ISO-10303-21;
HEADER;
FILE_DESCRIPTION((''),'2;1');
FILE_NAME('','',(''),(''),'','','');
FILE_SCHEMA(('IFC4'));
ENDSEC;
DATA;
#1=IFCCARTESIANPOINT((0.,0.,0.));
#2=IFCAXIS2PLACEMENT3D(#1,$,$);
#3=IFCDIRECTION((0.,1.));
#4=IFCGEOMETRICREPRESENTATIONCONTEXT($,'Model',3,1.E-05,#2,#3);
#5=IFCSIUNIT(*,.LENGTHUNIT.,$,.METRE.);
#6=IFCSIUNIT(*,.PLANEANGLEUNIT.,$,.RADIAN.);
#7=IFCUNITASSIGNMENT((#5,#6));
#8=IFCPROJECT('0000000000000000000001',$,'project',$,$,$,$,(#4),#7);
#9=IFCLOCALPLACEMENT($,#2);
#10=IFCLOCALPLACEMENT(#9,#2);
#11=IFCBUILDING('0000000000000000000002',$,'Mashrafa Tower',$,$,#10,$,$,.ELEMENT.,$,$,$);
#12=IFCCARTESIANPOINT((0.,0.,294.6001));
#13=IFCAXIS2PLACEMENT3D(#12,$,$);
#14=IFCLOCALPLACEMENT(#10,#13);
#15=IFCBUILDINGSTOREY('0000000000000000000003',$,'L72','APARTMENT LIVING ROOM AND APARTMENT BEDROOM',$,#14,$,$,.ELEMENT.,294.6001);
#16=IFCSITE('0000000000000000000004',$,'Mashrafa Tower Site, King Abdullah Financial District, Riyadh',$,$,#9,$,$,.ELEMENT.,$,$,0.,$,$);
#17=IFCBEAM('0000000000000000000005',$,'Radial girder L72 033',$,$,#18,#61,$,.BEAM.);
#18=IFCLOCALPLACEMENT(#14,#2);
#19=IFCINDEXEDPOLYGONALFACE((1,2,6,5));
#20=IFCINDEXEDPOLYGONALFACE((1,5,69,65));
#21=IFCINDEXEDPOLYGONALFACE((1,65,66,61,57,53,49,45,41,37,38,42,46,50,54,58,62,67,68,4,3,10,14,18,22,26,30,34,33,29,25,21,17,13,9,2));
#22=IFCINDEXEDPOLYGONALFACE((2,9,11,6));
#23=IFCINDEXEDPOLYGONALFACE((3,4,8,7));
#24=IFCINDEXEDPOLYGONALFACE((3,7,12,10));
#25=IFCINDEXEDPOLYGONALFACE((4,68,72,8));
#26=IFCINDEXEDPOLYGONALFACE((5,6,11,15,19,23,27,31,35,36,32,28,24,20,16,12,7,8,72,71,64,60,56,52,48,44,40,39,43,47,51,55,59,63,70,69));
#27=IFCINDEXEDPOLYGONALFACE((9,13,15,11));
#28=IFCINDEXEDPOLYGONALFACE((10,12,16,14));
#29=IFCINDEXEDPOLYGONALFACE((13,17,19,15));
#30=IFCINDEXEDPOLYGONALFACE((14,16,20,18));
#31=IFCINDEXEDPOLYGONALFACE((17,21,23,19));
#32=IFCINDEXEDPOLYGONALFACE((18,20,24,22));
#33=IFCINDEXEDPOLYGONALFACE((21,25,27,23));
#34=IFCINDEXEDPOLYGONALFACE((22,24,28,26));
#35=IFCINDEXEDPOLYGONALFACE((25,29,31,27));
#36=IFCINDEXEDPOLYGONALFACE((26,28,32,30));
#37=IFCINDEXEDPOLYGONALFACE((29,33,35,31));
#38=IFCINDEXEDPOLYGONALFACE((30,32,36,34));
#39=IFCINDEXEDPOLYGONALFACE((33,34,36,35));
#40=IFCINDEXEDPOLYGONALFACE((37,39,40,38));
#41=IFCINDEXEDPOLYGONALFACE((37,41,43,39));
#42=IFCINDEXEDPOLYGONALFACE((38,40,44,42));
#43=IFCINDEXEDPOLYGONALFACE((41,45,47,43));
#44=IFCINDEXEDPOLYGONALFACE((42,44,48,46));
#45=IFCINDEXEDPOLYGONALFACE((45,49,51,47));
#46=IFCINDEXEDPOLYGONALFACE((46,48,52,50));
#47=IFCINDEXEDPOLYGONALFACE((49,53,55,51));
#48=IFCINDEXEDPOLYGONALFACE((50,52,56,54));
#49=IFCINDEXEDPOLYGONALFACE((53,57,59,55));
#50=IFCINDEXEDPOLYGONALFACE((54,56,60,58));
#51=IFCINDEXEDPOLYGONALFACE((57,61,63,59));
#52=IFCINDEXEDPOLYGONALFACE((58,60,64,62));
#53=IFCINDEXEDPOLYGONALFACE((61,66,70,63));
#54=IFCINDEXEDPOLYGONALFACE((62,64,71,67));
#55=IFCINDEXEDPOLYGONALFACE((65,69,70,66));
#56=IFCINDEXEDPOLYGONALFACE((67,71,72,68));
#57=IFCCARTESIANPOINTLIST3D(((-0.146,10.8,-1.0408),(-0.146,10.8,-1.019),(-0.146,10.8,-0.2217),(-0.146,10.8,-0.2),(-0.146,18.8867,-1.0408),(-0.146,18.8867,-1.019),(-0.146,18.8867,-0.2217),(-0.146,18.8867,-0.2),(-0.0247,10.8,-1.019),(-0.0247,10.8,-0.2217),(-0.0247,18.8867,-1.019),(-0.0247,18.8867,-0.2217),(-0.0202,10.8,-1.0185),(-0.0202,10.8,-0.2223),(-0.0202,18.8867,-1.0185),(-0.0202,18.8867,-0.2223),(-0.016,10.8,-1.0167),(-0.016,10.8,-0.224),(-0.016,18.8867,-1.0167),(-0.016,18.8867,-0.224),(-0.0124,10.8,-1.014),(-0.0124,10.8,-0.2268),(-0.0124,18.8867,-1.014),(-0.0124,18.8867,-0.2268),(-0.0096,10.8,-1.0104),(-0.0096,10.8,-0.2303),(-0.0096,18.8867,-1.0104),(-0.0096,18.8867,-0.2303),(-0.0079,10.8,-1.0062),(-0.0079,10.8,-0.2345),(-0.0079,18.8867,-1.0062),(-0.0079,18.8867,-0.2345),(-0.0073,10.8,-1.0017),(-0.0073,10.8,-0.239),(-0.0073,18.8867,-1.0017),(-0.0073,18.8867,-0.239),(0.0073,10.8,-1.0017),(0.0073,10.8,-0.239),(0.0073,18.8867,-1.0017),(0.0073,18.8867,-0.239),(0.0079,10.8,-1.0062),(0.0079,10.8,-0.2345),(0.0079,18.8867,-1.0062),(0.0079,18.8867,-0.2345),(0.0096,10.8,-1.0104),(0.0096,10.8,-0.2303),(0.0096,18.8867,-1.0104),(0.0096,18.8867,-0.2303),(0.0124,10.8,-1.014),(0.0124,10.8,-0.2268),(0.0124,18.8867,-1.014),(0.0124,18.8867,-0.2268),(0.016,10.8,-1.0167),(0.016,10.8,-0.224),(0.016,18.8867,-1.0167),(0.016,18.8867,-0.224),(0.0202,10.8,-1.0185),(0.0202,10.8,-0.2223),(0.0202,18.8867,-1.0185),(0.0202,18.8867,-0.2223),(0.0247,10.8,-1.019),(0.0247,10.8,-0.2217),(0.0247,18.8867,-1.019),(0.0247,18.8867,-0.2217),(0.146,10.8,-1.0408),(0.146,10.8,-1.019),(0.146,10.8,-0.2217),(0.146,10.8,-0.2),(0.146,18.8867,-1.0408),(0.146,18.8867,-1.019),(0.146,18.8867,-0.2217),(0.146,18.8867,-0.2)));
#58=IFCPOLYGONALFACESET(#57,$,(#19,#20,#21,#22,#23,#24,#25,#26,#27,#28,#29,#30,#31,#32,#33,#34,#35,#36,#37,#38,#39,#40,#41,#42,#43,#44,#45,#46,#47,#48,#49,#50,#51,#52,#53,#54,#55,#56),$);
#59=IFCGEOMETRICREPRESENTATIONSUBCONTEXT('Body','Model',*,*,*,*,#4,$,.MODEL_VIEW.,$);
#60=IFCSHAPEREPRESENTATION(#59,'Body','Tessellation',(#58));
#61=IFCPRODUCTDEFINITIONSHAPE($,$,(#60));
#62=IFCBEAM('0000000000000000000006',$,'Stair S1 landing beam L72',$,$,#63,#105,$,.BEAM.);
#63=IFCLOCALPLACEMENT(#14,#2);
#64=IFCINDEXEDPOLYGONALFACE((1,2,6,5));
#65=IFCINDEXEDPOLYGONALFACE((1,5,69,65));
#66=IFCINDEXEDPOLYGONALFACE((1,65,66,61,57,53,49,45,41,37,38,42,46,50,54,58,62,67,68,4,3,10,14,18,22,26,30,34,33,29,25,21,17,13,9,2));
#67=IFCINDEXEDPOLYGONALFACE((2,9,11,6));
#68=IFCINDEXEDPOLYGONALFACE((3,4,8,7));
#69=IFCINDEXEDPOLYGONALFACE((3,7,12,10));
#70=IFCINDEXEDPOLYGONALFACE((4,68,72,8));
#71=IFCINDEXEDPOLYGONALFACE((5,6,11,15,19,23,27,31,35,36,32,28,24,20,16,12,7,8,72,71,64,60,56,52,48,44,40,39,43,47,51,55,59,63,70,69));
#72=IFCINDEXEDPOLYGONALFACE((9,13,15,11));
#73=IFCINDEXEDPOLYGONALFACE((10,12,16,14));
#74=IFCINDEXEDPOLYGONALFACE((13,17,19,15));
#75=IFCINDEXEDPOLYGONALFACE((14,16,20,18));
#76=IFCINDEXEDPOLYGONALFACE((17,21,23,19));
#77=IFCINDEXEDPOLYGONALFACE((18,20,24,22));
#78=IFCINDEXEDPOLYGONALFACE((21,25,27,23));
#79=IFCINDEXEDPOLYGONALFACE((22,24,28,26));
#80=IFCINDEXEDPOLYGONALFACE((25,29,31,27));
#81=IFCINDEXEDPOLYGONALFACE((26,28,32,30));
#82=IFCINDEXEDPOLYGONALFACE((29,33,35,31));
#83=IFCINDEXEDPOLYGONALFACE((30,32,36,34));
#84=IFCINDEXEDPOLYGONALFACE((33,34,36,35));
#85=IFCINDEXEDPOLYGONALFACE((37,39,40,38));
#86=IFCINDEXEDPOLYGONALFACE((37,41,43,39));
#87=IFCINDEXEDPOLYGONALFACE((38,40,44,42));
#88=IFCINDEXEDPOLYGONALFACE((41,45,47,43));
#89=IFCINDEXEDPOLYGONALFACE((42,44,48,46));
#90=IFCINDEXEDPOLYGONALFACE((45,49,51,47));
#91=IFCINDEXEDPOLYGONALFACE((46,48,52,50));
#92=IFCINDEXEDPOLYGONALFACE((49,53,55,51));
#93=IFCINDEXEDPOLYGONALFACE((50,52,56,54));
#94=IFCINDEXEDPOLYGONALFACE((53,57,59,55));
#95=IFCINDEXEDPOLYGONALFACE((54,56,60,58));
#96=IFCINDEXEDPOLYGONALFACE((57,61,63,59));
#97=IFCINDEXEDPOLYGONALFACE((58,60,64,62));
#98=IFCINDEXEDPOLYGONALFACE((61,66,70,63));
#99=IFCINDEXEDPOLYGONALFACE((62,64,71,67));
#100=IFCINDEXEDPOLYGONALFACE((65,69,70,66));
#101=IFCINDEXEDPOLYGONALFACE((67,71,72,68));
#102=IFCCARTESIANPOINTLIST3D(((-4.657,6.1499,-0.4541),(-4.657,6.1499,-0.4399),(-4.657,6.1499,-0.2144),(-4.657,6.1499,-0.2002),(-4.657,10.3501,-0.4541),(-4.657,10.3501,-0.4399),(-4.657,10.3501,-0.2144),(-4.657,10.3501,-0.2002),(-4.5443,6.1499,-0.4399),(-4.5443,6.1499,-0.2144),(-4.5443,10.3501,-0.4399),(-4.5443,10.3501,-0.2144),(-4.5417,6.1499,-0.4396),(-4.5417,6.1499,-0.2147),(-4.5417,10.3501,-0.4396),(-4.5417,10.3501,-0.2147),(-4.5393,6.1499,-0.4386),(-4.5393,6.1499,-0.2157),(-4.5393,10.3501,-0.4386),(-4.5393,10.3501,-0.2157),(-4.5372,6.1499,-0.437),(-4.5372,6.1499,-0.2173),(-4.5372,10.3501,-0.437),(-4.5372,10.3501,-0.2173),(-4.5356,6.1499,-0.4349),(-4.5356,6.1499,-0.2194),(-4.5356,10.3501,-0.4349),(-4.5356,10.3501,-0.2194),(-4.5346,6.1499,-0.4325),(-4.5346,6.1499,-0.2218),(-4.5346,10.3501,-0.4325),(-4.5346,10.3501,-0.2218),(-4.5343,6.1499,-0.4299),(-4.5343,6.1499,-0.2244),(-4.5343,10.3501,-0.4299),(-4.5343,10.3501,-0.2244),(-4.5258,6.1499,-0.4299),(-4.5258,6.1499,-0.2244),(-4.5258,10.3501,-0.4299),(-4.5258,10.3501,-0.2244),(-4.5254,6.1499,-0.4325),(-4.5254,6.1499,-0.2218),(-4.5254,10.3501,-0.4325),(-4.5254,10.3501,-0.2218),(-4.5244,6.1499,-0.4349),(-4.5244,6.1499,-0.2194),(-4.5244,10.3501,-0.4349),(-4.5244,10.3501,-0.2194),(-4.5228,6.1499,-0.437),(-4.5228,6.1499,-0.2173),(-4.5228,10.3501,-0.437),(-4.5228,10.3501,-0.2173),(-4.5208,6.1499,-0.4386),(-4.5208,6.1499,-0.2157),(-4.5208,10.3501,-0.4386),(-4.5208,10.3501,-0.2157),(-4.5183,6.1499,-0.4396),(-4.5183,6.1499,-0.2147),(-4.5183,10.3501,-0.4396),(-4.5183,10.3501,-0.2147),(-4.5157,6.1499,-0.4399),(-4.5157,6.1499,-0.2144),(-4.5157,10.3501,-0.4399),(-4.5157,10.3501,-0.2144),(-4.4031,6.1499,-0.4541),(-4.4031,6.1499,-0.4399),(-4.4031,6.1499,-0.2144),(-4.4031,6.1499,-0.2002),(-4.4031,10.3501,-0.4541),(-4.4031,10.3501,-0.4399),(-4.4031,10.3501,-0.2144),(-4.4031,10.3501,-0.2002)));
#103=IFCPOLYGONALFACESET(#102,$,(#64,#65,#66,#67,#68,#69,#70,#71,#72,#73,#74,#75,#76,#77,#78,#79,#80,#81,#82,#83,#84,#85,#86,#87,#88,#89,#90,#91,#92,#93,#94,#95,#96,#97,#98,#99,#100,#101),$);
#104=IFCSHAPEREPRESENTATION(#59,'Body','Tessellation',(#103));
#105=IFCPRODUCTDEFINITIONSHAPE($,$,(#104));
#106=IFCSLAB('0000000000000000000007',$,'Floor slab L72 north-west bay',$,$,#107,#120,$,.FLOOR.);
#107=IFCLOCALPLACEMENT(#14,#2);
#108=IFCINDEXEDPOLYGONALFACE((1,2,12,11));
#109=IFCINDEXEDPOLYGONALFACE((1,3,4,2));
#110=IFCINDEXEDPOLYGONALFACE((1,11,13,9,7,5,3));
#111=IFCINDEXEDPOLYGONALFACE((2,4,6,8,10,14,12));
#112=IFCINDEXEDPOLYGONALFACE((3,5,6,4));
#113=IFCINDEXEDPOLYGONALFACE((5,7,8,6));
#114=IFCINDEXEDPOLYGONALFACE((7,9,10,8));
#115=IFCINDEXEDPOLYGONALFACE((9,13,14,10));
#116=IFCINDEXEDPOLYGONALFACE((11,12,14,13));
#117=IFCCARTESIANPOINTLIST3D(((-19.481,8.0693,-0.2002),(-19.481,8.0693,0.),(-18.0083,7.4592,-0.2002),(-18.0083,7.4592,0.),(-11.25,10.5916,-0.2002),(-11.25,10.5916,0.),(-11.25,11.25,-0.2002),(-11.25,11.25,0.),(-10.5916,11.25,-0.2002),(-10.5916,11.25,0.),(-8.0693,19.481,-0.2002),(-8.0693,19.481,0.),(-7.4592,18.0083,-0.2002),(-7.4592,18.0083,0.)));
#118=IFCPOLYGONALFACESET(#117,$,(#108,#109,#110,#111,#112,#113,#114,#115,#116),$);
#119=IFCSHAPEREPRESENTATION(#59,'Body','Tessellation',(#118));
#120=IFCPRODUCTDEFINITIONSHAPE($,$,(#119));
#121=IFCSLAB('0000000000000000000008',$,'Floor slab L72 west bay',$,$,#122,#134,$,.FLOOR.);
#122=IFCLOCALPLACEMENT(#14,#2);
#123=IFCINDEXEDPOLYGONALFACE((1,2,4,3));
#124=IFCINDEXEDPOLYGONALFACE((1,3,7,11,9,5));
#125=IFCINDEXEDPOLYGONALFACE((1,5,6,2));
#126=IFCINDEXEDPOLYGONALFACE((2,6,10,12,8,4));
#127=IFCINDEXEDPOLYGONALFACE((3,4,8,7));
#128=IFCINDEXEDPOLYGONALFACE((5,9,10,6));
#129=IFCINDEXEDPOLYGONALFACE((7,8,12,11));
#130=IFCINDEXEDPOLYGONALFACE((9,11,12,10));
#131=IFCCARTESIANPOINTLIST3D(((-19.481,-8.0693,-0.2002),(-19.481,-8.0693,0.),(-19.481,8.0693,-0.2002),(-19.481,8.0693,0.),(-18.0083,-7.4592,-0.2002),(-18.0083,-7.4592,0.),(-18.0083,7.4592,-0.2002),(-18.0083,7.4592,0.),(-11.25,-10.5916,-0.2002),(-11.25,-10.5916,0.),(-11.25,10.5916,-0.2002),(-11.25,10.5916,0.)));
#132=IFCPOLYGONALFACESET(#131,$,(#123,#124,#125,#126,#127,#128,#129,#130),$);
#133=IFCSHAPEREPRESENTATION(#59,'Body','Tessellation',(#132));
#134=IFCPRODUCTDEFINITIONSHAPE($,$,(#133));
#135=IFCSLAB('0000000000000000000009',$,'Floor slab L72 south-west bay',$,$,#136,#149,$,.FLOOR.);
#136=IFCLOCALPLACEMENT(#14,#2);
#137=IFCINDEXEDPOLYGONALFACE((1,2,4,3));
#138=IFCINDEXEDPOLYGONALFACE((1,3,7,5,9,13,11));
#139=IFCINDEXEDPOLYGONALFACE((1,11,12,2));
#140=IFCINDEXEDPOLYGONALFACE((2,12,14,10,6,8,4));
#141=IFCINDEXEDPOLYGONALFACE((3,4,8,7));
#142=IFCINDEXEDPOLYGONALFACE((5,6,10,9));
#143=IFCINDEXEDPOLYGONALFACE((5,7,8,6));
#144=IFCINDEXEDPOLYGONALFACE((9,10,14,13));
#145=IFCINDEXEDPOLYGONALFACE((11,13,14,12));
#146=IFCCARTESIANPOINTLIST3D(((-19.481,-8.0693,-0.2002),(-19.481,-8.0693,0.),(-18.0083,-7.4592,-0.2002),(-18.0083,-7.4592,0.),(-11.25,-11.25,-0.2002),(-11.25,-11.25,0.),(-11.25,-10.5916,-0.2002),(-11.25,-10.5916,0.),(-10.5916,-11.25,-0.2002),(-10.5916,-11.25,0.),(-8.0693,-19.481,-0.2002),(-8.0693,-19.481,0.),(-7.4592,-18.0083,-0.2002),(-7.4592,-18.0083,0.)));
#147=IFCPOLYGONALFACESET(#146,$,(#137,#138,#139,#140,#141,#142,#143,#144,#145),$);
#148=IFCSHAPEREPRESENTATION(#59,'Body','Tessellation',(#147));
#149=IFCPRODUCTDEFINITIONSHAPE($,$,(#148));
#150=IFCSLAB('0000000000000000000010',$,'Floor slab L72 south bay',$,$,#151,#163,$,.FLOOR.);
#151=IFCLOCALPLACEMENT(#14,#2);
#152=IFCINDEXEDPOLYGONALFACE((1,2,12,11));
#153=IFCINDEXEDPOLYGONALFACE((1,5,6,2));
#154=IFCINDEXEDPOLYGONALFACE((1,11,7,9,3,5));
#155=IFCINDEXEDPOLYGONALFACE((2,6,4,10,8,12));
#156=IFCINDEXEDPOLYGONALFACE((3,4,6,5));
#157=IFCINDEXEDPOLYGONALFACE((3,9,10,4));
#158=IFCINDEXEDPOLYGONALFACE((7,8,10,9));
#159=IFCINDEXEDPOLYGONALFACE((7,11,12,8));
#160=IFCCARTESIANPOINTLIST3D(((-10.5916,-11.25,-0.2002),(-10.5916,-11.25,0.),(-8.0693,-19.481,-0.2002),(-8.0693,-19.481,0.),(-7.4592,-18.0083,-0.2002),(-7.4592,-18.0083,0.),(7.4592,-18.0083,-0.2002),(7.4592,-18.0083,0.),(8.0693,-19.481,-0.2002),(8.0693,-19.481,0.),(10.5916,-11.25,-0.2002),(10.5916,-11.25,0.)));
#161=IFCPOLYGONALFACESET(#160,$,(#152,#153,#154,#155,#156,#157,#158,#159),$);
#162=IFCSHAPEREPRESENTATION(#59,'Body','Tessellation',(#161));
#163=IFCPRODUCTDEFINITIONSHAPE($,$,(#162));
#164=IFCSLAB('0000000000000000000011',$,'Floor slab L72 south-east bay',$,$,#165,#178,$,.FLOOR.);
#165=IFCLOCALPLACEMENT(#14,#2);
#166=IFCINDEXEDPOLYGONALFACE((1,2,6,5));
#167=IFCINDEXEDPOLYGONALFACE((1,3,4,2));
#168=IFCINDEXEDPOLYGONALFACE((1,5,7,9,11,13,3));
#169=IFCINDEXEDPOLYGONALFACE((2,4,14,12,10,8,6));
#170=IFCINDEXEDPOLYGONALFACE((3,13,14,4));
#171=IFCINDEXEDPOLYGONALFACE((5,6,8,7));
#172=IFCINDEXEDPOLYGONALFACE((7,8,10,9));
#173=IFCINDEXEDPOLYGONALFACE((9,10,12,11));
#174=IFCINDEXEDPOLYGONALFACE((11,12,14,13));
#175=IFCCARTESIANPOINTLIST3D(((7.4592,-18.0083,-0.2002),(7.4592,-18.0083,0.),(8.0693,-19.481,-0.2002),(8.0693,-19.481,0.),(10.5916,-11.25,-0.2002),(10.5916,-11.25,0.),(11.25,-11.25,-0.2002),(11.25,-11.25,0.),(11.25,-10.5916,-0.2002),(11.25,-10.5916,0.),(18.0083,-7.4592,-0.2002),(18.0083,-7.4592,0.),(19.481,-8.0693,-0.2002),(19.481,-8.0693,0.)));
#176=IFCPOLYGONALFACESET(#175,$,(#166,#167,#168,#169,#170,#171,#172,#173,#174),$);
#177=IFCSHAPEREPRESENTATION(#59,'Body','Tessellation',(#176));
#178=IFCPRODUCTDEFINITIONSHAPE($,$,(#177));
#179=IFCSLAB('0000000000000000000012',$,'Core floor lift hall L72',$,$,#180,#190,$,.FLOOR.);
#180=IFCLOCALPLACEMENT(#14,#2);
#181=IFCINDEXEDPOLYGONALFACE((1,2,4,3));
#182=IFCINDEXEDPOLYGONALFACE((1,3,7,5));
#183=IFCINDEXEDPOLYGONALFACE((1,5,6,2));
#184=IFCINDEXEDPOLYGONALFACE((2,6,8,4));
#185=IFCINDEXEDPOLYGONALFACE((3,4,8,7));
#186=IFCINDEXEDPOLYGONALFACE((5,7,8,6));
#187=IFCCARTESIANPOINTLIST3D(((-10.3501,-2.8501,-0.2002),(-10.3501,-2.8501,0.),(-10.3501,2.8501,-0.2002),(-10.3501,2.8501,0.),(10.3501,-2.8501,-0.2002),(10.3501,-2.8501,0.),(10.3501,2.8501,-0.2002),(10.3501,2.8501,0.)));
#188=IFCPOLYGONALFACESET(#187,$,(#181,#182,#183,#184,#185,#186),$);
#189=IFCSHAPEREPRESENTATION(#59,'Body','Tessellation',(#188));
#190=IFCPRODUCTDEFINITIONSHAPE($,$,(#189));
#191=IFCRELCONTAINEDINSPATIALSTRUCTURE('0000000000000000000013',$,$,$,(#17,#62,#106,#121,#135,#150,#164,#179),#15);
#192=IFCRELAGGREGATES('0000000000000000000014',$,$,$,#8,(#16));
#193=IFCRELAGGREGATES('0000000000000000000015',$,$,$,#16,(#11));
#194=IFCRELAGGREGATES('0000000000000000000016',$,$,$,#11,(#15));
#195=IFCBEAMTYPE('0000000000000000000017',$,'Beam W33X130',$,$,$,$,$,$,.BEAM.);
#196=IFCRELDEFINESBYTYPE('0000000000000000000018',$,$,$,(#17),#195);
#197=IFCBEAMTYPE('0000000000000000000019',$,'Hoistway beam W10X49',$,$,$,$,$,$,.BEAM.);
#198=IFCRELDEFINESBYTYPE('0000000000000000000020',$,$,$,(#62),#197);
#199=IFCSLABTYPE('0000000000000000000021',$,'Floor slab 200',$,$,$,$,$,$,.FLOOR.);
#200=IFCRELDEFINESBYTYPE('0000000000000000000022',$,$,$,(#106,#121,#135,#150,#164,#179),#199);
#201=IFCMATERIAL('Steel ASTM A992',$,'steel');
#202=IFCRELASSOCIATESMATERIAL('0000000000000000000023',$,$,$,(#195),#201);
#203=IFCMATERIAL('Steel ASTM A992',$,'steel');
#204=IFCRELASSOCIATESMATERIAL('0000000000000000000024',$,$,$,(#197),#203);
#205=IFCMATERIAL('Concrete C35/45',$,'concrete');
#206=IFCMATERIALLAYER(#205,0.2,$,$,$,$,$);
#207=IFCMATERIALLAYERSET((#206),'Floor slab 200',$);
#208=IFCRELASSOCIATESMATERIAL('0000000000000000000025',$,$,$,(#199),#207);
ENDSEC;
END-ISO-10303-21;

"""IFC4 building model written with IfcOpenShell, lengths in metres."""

from ifc_helpers import new_model, si_unit, direction, frame, origin, origin_2d, place, context, subcontext, project, spatial, polyline, i_section, outline, extrude, material, layer, layer_set, material_profile, profile_set, type_object, element, save


model = new_model("IFC4")

# Units and contexts
model_context = context("Model", 3, precision=1e-05, world=origin(), true_north=direction((0.0, 1.0)))
body_context = subcontext(model_context, "Body", "Model", "MODEL_VIEW")
ifc_project = project(units=[si_unit("LENGTHUNIT", "METRE"), si_unit("PLANEANGLEUNIT", "RADIAN")], contexts=[model_context])

# Site, building, storey
site_placement = place(None, origin())
site = spatial("IfcSite", under=ifc_project, at=site_placement, Name="Mashrafa Tower Site, King Abdullah Financial District, Riyadh", CompositionType="ELEMENT", RefElevation=0.0)
building_placement = place(site_placement, origin())
building = spatial("IfcBuilding", under=site, at=building_placement, Name="Mashrafa Tower", CompositionType="ELEMENT")
storey_placement = place(building_placement, frame((0.0, 0.0, 294.6001)))
storey = spatial("IfcBuildingStorey", under=building, at=storey_placement, Name="L72", Description="APARTMENT LIVING ROOM AND APARTMENT BEDROOM", CompositionType="ELEMENT", Elevation=294.6001)

# Beams
ifc_material_1 = material(Name="Steel ASTM A992", Category="steel")
ifc_material_profile_1 = material_profile(ifc_material_1, i_section(OverallWidth=0.292, OverallDepth=0.8408, WebThickness=0.0146, FlangeThickness=0.0217, FilletRadius=0.0173, at=origin_2d()), Name="W33X130")
ifc_profile_set_1 = profile_set([ifc_material_profile_1], Name="Steel ASTM A992")
beam_type_1 = type_object("IfcBeamType", Name="Beam W33X130", PredefinedType="BEAM", material=ifc_profile_set_1)
beam_1_placement = place(storey_placement, frame((0.0, 10.8, -0.6204), z_axis=(0.0, 1.0, 0.0), x_axis=(-1.0, 0.0, 0.0)))
element("IfcBeam", 1, at=beam_1_placement, inside=storey, type_object=beam_type_1, Name="Radial girder L72 033", PredefinedType="BEAM", context=body_context, shape_type="SweptSolid", body=[
    extrude(i_section(OverallWidth=0.292, OverallDepth=0.8408, WebThickness=0.0146, FlangeThickness=0.0217, FilletRadius=0.0173, at=origin_2d()), origin(), (0.0, 0.0, 1.0), 8.0867),
])
ifc_material_2 = material(Name="Steel ASTM A992", Category="steel")
ifc_material_profile_2 = material_profile(ifc_material_2, i_section(OverallWidth=0.2539, OverallDepth=0.2539, WebThickness=0.0085, FlangeThickness=0.0142, FilletRadius=0.01, at=origin_2d()), Name="W10X49")
ifc_profile_set_2 = profile_set([ifc_material_profile_2], Name="Steel ASTM A992")
beam_type_2 = type_object("IfcBeamType", Name="Hoistway beam W10X49", PredefinedType="BEAM", material=ifc_profile_set_2)
beam_2_placement = place(storey_placement, frame((-4.53, 6.1499, -0.3271), z_axis=(0.0, 1.0, 0.0), x_axis=(-1.0, 0.0, 0.0)))
element("IfcBeam", 2, at=beam_2_placement, inside=storey, type_object=beam_type_2, Name="Stair S1 landing beam L72", PredefinedType="BEAM", context=body_context, shape_type="SweptSolid", body=[
    extrude(i_section(OverallWidth=0.2539, OverallDepth=0.2539, WebThickness=0.0085, FlangeThickness=0.0142, FilletRadius=0.01, at=origin_2d()), origin(), (0.0, 0.0, 1.0), 4.2002),
])

# Slabs
ifc_material_3 = material(Name="Concrete C35/45", Category="concrete")
ifc_layer_1 = layer(ifc_material_3, 0.2)
ifc_layer_set_1 = layer_set([ifc_layer_1], Name="Floor slab 200")
slab_type = type_object("IfcSlabType", Name="Floor slab 200", PredefinedType="FLOOR", material=ifc_layer_set_1)
slab_1_placement = place(storey_placement, frame((0.0, 0.0, -0.2002)))
element("IfcSlab", 3, at=slab_1_placement, inside=storey, type_object=slab_type, Name="Floor slab L72 north-west bay", PredefinedType="FLOOR", context=body_context, shape_type="SweptSolid", body=[
    extrude(outline(polyline([(-19.481, 8.0693), (-8.0693, 19.481), (-8.0693, 19.481), (-7.4592, 18.0083), (-10.5916, 11.25), (-11.25, 11.25), (-11.25, 10.5916), (-18.0083, 7.4592), (-19.481, 8.0693), (-19.481, 8.0693)])), origin(), (0.0, 0.0, 1.0), 0.2002),
])
slab_2_placement = place(storey_placement, frame((0.0, 0.0, -0.2002)))
element("IfcSlab", 4, at=slab_2_placement, inside=storey, type_object=slab_type, Name="Floor slab L72 west bay", PredefinedType="FLOOR", context=body_context, shape_type="SweptSolid", body=[
    extrude(outline(polyline([(-19.481, 8.0693), (-18.0083, 7.4592), (-11.25, 10.5916), (-11.25, -10.5916), (-18.0083, -7.4592), (-19.481, -8.0693), (-19.481, 8.0693)])), origin(), (0.0, 0.0, 1.0), 0.2002),
])
slab_3_placement = place(storey_placement, frame((0.0, 0.0, -0.2002)))
element("IfcSlab", 5, at=slab_3_placement, inside=storey, type_object=slab_type, Name="Floor slab L72 south-west bay", PredefinedType="FLOOR", context=body_context, shape_type="SweptSolid", body=[
    extrude(outline(polyline([(-8.0693, -19.481), (-19.481, -8.0693), (-19.481, -8.0693), (-18.0083, -7.4592), (-11.25, -10.5916), (-11.25, -11.25), (-10.5916, -11.25), (-7.4592, -18.0083), (-8.0693, -19.481), (-8.0693, -19.481)])), origin(), (0.0, 0.0, 1.0), 0.2002),
])
slab_4_placement = place(storey_placement, frame((0.0, 0.0, -0.2002)))
element("IfcSlab", 6, at=slab_4_placement, inside=storey, type_object=slab_type, Name="Floor slab L72 south bay", PredefinedType="FLOOR", context=body_context, shape_type="SweptSolid", body=[
    extrude(outline(polyline([(-8.0693, -19.481), (-7.4592, -18.0083), (-10.5916, -11.25), (10.5916, -11.25), (7.4592, -18.0083), (8.0693, -19.481), (-8.0693, -19.481)])), origin(), (0.0, 0.0, 1.0), 0.2002),
])
slab_5_placement = place(storey_placement, frame((0.0, 0.0, -0.2002)))
element("IfcSlab", 7, at=slab_5_placement, inside=storey, type_object=slab_type, Name="Floor slab L72 south-east bay", PredefinedType="FLOOR", context=body_context, shape_type="SweptSolid", body=[
    extrude(outline(polyline([(8.0693, -19.481), (7.4592, -18.0083), (10.5916, -11.25), (11.25, -11.25), (11.25, -10.5916), (18.0083, -7.4592), (19.481, -8.0693), (19.481, -8.0693), (8.0693, -19.481), (8.0693, -19.481)])), origin(), (0.0, 0.0, 1.0), 0.2002),
])
slab_6_placement = place(storey_placement, frame((0.0, 0.0, -0.2002)))
element("IfcSlab", 8, at=slab_6_placement, inside=storey, type_object=slab_type, Name="Core floor lift hall L72", PredefinedType="FLOOR", context=body_context, shape_type="SweptSolid", body=[
    extrude(outline(polyline([(-10.3501, 2.8501), (10.3501, 2.8501), (10.3501, -2.8501), (-10.3501, -2.8501), (-10.3501, 2.8501)])), origin(), (0.0, 0.0, 1.0), 0.2002),
])

save(model, "model.ifc")
